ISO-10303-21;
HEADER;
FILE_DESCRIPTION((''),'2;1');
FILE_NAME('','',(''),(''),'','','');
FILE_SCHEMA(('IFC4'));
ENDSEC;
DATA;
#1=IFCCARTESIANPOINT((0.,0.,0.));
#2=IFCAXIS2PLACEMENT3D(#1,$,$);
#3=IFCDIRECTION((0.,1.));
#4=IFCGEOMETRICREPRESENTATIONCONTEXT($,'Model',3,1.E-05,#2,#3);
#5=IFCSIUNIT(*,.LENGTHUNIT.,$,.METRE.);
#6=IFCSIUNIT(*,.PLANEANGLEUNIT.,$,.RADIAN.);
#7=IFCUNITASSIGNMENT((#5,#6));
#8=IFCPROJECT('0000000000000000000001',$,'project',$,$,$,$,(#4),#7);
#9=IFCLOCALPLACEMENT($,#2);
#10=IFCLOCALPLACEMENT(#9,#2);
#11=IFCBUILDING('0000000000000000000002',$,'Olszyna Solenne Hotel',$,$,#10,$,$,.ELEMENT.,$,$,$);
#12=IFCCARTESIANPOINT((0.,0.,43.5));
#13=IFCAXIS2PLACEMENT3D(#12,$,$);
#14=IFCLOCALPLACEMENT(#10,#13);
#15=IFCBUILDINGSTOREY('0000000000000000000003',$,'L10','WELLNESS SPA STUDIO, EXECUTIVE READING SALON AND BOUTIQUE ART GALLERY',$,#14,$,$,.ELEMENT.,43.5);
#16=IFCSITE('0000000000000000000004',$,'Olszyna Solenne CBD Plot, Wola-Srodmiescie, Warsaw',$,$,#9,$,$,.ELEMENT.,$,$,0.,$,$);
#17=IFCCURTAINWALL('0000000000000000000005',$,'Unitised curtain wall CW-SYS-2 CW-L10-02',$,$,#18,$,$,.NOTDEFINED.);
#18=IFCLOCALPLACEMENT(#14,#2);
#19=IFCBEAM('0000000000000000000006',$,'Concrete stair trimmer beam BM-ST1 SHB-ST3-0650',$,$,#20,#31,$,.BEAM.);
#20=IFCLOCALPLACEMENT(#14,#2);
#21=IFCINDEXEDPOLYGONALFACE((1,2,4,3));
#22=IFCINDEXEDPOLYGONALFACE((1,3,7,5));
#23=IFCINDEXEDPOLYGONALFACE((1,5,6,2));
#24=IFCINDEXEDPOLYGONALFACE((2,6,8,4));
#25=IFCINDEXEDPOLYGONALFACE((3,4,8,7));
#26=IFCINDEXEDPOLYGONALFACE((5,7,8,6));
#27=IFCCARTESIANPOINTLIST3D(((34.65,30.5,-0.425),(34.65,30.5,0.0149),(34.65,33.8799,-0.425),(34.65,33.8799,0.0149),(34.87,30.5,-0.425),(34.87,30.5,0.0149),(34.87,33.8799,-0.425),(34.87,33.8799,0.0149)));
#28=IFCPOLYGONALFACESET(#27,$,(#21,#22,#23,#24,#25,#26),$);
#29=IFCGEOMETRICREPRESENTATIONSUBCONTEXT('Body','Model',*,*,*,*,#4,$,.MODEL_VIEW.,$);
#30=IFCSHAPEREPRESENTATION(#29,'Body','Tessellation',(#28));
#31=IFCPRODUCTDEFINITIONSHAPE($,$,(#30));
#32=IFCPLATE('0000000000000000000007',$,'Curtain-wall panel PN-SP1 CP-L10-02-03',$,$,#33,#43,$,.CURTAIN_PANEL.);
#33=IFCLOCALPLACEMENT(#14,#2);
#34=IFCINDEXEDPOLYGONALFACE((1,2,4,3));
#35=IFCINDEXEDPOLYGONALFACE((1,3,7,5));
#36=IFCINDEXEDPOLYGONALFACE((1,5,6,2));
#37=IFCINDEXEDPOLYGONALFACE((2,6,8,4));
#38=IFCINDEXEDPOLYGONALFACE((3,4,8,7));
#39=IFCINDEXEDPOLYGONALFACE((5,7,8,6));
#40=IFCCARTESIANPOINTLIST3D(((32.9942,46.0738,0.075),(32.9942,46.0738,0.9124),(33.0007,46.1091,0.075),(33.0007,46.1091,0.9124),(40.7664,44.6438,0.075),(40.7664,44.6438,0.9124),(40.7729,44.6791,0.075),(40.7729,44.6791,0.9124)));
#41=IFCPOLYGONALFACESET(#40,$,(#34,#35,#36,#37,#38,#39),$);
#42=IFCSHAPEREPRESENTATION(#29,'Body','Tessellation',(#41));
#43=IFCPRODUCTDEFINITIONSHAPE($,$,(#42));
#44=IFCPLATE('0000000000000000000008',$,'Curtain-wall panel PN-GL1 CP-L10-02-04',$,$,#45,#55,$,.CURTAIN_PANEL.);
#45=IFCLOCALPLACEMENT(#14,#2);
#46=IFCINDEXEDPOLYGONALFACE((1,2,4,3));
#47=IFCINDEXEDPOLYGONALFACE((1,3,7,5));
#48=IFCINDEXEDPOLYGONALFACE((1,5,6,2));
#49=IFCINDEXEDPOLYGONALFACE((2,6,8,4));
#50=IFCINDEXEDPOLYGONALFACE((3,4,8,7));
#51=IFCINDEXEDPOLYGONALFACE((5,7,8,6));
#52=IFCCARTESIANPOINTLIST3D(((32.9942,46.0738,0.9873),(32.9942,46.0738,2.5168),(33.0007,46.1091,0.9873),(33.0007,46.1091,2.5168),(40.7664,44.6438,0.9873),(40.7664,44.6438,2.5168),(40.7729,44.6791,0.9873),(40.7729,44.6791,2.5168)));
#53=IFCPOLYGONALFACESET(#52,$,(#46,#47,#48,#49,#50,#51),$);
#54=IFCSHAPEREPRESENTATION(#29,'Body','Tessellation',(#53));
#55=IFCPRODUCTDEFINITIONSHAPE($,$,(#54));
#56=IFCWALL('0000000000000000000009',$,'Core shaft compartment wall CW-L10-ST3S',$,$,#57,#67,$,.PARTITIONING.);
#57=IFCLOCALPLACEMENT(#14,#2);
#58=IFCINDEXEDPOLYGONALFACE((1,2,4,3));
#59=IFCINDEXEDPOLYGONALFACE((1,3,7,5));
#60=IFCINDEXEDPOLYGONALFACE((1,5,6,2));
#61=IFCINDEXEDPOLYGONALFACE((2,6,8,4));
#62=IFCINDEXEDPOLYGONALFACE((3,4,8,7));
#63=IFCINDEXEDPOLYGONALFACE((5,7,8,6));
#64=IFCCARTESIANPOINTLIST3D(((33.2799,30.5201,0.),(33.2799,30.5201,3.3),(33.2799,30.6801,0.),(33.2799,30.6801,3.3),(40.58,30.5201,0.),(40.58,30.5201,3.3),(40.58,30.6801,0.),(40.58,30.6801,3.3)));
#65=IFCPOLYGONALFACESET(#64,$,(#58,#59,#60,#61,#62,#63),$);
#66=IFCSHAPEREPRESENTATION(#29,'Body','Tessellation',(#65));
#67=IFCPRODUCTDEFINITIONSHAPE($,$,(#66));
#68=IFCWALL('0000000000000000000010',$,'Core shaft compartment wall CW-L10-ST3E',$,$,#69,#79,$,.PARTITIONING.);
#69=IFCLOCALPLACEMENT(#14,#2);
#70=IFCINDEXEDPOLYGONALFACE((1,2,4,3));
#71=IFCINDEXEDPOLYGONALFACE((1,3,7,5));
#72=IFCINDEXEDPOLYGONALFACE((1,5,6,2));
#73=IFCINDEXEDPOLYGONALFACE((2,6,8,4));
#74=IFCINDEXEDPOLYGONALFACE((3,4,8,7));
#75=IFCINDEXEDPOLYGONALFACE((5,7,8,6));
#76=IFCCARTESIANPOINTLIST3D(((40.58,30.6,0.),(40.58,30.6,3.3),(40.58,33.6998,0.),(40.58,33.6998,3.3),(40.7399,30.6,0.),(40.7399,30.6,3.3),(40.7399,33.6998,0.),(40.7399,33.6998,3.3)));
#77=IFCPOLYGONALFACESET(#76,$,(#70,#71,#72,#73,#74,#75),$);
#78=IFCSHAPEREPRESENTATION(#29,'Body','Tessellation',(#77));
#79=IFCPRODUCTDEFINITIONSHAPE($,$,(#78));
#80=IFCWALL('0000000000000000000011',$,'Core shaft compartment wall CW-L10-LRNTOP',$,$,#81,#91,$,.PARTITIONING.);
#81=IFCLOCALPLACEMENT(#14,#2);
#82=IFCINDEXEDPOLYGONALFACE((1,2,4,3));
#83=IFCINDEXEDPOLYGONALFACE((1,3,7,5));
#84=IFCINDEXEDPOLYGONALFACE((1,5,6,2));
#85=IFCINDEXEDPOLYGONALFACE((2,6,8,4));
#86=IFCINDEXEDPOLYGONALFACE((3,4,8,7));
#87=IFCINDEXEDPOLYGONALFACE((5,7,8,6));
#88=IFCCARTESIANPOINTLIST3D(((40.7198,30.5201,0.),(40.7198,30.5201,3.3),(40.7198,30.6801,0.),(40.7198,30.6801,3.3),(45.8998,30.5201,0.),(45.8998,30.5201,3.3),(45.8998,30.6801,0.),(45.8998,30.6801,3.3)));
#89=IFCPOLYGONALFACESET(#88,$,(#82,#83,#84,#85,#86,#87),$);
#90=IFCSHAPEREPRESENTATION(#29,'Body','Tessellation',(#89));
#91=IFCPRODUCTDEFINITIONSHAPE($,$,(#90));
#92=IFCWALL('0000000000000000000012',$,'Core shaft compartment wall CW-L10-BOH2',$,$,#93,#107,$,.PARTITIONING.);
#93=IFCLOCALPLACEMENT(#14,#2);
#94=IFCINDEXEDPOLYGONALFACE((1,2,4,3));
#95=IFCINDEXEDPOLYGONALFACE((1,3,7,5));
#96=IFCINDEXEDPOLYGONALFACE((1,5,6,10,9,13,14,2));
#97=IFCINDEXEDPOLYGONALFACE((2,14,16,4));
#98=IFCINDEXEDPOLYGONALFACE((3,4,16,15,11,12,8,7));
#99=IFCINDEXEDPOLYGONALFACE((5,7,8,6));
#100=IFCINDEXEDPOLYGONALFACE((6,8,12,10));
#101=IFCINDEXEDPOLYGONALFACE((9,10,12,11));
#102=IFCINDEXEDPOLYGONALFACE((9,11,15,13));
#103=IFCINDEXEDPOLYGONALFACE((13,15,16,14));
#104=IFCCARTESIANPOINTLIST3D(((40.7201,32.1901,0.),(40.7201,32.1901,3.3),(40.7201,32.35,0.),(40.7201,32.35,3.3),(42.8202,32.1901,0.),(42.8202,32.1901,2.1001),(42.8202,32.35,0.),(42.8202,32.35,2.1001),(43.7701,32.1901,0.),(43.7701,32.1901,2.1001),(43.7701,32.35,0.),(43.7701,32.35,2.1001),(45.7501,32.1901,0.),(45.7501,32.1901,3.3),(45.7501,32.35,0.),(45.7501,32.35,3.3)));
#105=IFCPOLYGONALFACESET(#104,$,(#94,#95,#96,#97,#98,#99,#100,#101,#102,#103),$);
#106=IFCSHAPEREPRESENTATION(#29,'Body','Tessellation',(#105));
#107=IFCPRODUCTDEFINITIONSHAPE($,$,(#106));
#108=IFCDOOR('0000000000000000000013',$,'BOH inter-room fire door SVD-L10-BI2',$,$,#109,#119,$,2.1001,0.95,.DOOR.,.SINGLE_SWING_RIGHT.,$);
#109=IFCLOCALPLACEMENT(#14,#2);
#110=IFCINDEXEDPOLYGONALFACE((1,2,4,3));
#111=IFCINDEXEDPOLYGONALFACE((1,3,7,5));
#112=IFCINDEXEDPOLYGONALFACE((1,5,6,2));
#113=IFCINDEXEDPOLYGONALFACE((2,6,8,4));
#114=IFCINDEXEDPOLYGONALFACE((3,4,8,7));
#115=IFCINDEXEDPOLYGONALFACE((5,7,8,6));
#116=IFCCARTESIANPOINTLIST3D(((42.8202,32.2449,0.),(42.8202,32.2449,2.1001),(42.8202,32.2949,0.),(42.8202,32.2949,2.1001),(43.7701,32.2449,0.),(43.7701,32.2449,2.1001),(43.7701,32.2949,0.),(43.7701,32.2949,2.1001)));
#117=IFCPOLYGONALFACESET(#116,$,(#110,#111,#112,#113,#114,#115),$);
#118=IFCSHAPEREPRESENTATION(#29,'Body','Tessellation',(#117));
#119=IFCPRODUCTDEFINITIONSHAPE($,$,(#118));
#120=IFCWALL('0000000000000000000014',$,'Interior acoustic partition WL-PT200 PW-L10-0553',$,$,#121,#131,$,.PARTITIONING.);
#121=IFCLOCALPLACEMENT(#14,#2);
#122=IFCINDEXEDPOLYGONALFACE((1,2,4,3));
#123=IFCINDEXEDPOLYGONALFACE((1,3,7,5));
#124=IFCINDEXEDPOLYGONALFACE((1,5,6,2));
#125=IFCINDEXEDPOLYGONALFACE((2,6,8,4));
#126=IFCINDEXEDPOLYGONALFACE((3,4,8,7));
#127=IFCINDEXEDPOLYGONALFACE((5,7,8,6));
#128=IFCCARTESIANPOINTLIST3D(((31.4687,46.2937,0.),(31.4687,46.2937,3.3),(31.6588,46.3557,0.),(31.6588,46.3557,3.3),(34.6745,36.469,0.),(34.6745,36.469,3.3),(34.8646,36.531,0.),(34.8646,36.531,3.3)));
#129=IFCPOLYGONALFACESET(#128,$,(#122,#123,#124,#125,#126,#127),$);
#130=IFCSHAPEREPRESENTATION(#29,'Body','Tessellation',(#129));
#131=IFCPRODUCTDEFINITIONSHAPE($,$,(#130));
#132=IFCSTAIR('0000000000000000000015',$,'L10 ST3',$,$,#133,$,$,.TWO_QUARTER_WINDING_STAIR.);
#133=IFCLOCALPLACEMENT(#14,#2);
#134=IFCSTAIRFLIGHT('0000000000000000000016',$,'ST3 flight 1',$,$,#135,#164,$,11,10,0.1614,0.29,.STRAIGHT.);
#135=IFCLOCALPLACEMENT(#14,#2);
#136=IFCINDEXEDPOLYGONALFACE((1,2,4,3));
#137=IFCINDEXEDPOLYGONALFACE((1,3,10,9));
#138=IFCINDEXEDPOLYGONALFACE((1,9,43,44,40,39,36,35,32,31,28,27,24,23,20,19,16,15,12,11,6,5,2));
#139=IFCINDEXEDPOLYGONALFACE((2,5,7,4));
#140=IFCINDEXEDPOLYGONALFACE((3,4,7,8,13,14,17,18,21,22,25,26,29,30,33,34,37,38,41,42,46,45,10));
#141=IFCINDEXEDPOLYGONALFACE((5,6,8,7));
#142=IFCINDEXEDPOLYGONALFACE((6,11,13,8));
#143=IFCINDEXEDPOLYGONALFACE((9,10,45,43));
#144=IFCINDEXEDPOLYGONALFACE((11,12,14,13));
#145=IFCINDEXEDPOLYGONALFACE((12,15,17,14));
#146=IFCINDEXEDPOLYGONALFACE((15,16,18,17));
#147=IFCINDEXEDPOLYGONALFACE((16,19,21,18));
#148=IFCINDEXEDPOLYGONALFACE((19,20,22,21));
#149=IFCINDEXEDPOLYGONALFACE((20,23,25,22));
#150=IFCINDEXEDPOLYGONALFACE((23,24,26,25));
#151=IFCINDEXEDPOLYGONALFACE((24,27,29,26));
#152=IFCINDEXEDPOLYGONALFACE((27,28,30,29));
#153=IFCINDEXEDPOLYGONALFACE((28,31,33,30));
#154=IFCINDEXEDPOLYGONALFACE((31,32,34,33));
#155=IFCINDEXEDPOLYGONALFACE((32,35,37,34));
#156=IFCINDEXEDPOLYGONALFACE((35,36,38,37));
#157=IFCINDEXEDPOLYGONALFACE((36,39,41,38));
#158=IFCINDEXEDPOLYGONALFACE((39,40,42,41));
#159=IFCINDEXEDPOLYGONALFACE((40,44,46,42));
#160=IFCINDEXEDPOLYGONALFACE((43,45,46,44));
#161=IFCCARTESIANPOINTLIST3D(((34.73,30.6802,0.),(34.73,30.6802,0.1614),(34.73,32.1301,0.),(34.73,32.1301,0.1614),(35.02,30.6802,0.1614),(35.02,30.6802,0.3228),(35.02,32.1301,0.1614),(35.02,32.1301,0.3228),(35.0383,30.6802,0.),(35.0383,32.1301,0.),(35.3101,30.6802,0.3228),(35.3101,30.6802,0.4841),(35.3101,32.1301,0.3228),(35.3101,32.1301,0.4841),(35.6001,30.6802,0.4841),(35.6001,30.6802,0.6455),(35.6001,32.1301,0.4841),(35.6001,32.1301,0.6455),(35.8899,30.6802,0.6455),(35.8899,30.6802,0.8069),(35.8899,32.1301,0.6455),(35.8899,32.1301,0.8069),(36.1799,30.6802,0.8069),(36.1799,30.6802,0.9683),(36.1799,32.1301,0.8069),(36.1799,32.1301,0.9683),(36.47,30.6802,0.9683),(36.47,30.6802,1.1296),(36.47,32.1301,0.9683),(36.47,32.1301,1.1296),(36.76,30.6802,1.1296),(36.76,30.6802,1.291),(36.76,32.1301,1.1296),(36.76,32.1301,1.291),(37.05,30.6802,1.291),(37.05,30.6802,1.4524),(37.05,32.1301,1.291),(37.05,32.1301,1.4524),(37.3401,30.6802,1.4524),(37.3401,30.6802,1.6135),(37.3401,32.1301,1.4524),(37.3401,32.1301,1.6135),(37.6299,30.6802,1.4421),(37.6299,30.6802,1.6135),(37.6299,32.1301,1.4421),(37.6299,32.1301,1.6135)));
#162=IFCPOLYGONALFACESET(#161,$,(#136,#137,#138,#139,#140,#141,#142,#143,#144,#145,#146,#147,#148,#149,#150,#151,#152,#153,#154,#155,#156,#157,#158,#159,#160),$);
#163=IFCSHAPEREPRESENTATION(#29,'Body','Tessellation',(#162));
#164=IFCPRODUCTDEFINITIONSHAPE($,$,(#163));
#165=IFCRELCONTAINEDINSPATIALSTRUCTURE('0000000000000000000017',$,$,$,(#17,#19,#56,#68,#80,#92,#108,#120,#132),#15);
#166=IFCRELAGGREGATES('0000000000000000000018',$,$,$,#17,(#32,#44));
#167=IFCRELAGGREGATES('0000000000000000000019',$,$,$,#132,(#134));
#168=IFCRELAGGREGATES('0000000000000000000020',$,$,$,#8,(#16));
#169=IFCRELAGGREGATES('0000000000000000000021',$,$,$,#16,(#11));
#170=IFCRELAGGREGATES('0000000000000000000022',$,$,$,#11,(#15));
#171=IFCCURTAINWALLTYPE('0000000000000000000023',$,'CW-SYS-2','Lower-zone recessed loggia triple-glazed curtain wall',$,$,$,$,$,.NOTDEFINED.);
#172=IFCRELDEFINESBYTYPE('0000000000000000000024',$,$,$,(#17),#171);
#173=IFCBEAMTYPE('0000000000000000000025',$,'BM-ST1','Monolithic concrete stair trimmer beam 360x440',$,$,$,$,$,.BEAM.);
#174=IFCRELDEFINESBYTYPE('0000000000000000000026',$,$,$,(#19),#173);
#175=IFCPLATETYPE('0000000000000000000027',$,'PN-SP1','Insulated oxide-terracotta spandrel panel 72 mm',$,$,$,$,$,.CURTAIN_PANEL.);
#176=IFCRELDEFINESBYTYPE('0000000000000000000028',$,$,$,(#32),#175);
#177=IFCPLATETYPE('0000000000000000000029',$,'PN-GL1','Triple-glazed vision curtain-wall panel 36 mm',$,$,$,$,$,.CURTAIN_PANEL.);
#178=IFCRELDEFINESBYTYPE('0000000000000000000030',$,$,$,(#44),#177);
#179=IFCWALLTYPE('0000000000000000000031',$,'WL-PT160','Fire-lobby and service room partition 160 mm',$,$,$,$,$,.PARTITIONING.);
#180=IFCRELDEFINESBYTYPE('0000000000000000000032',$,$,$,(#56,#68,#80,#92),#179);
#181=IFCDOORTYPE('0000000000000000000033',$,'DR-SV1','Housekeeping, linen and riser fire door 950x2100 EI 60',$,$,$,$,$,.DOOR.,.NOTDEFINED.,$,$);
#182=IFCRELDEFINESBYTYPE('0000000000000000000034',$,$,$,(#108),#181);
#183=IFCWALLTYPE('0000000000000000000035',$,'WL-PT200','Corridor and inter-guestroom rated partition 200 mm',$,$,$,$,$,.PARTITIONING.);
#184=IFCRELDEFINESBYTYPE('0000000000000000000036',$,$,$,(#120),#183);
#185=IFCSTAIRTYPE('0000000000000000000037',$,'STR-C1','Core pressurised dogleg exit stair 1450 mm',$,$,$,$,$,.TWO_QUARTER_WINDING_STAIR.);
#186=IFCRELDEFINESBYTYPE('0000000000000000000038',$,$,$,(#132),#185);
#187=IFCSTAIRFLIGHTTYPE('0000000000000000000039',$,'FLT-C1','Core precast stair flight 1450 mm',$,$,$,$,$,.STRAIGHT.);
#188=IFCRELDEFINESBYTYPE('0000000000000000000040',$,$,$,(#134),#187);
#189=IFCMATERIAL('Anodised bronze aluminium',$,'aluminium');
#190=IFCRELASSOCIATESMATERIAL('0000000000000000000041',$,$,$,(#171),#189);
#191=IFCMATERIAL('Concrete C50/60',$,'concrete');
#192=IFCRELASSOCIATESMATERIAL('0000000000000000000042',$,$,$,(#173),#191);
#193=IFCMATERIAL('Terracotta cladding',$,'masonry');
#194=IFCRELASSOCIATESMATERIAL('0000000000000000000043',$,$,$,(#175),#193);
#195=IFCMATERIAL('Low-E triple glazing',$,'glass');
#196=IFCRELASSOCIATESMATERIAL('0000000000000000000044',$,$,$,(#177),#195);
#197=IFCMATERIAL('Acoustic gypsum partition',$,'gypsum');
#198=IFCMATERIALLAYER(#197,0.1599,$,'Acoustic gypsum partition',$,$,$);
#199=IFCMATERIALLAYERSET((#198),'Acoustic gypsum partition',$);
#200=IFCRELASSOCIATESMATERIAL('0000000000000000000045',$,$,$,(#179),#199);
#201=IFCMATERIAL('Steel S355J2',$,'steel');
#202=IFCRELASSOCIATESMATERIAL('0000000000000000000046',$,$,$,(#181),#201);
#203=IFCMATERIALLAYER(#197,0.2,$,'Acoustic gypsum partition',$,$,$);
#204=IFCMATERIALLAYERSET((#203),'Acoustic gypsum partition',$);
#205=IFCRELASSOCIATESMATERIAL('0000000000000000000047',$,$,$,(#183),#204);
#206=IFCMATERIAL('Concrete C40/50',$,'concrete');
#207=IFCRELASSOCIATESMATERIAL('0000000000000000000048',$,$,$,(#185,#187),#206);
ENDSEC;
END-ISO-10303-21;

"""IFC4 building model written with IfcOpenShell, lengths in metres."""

from ifc_helpers import new_model, si_unit, direction, frame, frame_2d, origin, origin_2d, place, context, subcontext, project, spatial, polyline, rectangle, outline, extrude, source, transform, mapped, material, layer, layer_set, material_profile, profile_set, type_object, type_shapes, element, fill, aggregate, save


model = new_model("IFC4")

# Units and contexts
model_context = context("Model", 3, precision=1e-05, world=origin(), true_north=direction((0.0, 1.0)))
body_context = subcontext(model_context, "Body", "Model", "MODEL_VIEW")
ifc_project = project(units=[si_unit("LENGTHUNIT", "METRE"), si_unit("PLANEANGLEUNIT", "RADIAN")], contexts=[model_context])

# Site, building, storey
site_placement = place(None, origin())
site = spatial("IfcSite", under=ifc_project, at=site_placement, Name="Olszyna Solenne CBD Plot, Wola-Srodmiescie, Warsaw", CompositionType="ELEMENT", RefElevation=0.0)
building_placement = place(site_placement, origin())
building = spatial("IfcBuilding", under=site, at=building_placement, Name="Olszyna Solenne Hotel", CompositionType="ELEMENT")
storey_placement = place(building_placement, frame((0.0, 0.0, 43.5)))
storey = spatial("IfcBuildingStorey", under=building, at=storey_placement, Name="L10", Description="WELLNESS SPA STUDIO, EXECUTIVE READING SALON AND BOUTIQUE ART GALLERY", CompositionType="ELEMENT", Elevation=43.5)

# Shared definitions
ifc_material_1 = material(Name="Steel S355J2", Category="steel")

# Curtain wall
ifc_material_2 = material(Name="Anodised bronze aluminium", Category="aluminium")
curtain_wall_type = type_object("IfcCurtainWallType", Name="CW-SYS-2", Description="Lower-zone recessed loggia triple-glazed curtain wall", PredefinedType="NOTDEFINED", material=ifc_material_2)
curtain_wall_placement = place(storey_placement, origin())
curtain_wall = element("IfcCurtainWall", 1, at=curtain_wall_placement, inside=storey, type_object=curtain_wall_type, Name="Unitised curtain wall CW-SYS-2 CW-L10-02", PredefinedType="NOTDEFINED")

# Beam
ifc_material_3 = material(Name="Concrete C50/60", Category="concrete")
ifc_material_profile_1 = material_profile(ifc_material_3, rectangle(XDim=0.22, YDim=0.4399, at=origin_2d()), Name="RC 220x440", Category="load-bearing")
ifc_profile_set_1 = profile_set([ifc_material_profile_1], Name="Concrete C50/60")
beam_type_1 = type_object("IfcBeamType", Name="BM-ST1", Description="Monolithic concrete stair trimmer beam 360x440", PredefinedType="BEAM", material=ifc_profile_set_1)
shared_shape_1 = source(origin(), body_context, "Body", "SweptSolid", [
    extrude(rectangle(XDim=0.22, YDim=0.4399, at=origin_2d()), origin(), (0.0, 0.0, 1.0), 3.3799),
])
beam_1_placement = place(storey_placement, frame((34.76, 30.5, -0.2051), z_axis=(0.0, 1.0, 0.0), x_axis=(-1.0, 0.0, 0.0)))
element("IfcBeam", 2, at=beam_1_placement, inside=storey, type_object=beam_type_1, Name="Concrete stair trimmer beam BM-ST1 SHB-ST3-0650", PredefinedType="BEAM", context=body_context, shape_type="MappedRepresentation", body=[
    mapped(shared_shape_1, transform((0.0, 0.0, 0.0), x_axis=(1.0, 0.0, 0.0), y_axis=(0.0, 1.0, 0.0), z_axis=(0.0, 0.0, 1.0), scale=1.0)),
])

# Plates
ifc_material_4 = material(Name="Terracotta cladding", Category="masonry")
plate_type_1 = type_object("IfcPlateType", Name="PN-SP1", Description="Insulated oxide-terracotta spandrel panel 72 mm", PredefinedType="CURTAIN_PANEL", material=ifc_material_4)
shared_shape_2 = source(origin(), body_context, "Body", "SweptSolid", [
    extrude(rectangle(XDim=7.9026, YDim=0.0359, at=origin_2d()), origin(), (0.0, 0.0, 1.0), 0.8374),
])
plate_1_placement = place(storey_placement, frame((36.8835, 45.3765, 0.075), z_axis=(0.0, 0.0, 1.0), x_axis=(0.983493, -0.180946, 0.0)))
plate_1 = element("IfcPlate", 3, at=plate_1_placement, type_object=plate_type_1, Name="Curtain-wall panel PN-SP1 CP-L10-02-03", PredefinedType="CURTAIN_PANEL", context=body_context, shape_type="MappedRepresentation", body=[
    mapped(shared_shape_2, transform((0.0, 0.0, 0.0), x_axis=(1.0, 0.0, 0.0), y_axis=(0.0, 1.0, 0.0), z_axis=(0.0, 0.0, 1.0), scale=1.0)),
])
ifc_material_5 = material(Name="Low-E triple glazing", Category="glass")
plate_type_2 = type_object("IfcPlateType", Name="PN-GL1", Description="Triple-glazed vision curtain-wall panel 36 mm", PredefinedType="CURTAIN_PANEL", material=ifc_material_5)
shared_shape_3 = source(origin(), body_context, "Body", "SweptSolid", [
    extrude(rectangle(XDim=7.9026, YDim=0.0359, at=origin_2d()), origin(), (0.0, 0.0, 1.0), 1.5295),
])
plate_2_placement = place(storey_placement, frame((36.8835, 45.3765, 0.9873), z_axis=(0.0, 0.0, 1.0), x_axis=(0.983493, -0.180946, 0.0)))
plate_2 = element("IfcPlate", 4, at=plate_2_placement, type_object=plate_type_2, Name="Curtain-wall panel PN-GL1 CP-L10-02-04", PredefinedType="CURTAIN_PANEL", context=body_context, shape_type="MappedRepresentation", body=[
    mapped(shared_shape_3, transform((0.0, 0.0, 0.0), x_axis=(1.0, 0.0, 0.0), y_axis=(0.0, 1.0, 0.0), z_axis=(0.0, 0.0, 1.0), scale=1.0)),
])
aggregate(curtain_wall, [plate_1, plate_2])

# Walls
ifc_material_6 = material(Name="Acoustic gypsum partition", Category="gypsum")
ifc_layer_1 = layer(ifc_material_6, 0.1599, Name="Acoustic gypsum partition")
ifc_layer_set_1 = layer_set([ifc_layer_1], Name="Acoustic gypsum partition")
wall_type_1 = type_object("IfcWallType", Name="WL-PT160", Description="Fire-lobby and service room partition 160 mm", PredefinedType="PARTITIONING", material=ifc_layer_set_1)
wall_1_placement = place(storey_placement, frame((33.28, 30.6001, 0.0), z_axis=(0.0, 0.0, 1.0), x_axis=(1.0, 0.0, 0.0)))
element("IfcWall", 5, at=wall_1_placement, inside=storey, type_object=wall_type_1, Name="Core shaft compartment wall CW-L10-ST3S", PredefinedType="PARTITIONING", context=body_context, shape_type="SweptSolid", body=[
    extrude(rectangle(XDim=7.3, YDim=0.1599, at=frame_2d((3.6499, 0.0))), origin(), (0.0, 0.0, 1.0), 3.3),
])
wall_2_placement = place(storey_placement, frame((40.6599, 30.6001, 0.0), z_axis=(0.0, 0.0, 1.0), x_axis=(0.0, 1.0, 0.0)))
element("IfcWall", 6, at=wall_2_placement, inside=storey, type_object=wall_type_1, Name="Core shaft compartment wall CW-L10-ST3E", PredefinedType="PARTITIONING", context=body_context, shape_type="SweptSolid", body=[
    extrude(rectangle(XDim=3.0999, YDim=0.1599, at=frame_2d((1.5498, 0.0))), origin(), (0.0, 0.0, 1.0), 3.3),
])
wall_3_placement = place(storey_placement, frame((40.72, 30.6001, 0.0), z_axis=(0.0, 0.0, 1.0), x_axis=(1.0, 0.0, 0.0)))
element("IfcWall", 7, at=wall_3_placement, inside=storey, type_object=wall_type_1, Name="Core shaft compartment wall CW-L10-LRNTOP", PredefinedType="PARTITIONING", context=body_context, shape_type="SweptSolid", body=[
    extrude(rectangle(XDim=5.1799, YDim=0.1599, at=frame_2d((2.5898, 0.0))), origin(), (0.0, 0.0, 1.0), 3.3),
])

# Wall, opening, door
wall_4_placement = place(storey_placement, frame((40.72, 32.27, 0.0), z_axis=(0.0, 0.0, 1.0), x_axis=(1.0, 0.0, 0.0)))
wall_4 = element("IfcWall", 8, at=wall_4_placement, inside=storey, type_object=wall_type_1, Name="Core shaft compartment wall CW-L10-BOH2", PredefinedType="PARTITIONING", context=body_context, shape_type="SweptSolid", body=[
    extrude(rectangle(XDim=5.03, YDim=0.1599, at=frame_2d((2.5151, 0.0))), origin(), (0.0, 0.0, 1.0), 3.3),
])
opening_placement = place(wall_4_placement, frame((2.1001, 0.0, 0.0)))
opening = element("IfcOpeningElement", 9, at=opening_placement, cuts=wall_4, PredefinedType="OPENING", context=body_context, shape_type="SweptSolid", body=[
    extrude(rectangle(XDim=0.95, YDim=2.1001, at=frame_2d((0.4751, 1.05))), frame((0.0, 0.0898, 0.0), z_axis=(0.0, -1.0, 0.0), x_axis=(1.0, 0.0, 0.0)), (0.0, 0.0, 1.0), 0.1799),
])
door_type = type_object("IfcDoorType", Name="DR-SV1", Description="Housekeeping, linen and riser fire door 950x2100 EI 60", OperationType="NOTDEFINED", PredefinedType="DOOR", material=ifc_material_1)
shared_shape_4 = source(origin(), body_context, "Body", "SweptSolid", [
    extrude(rectangle(XDim=0.95, YDim=2.1001, at=frame_2d((0.4751, 1.05))), frame((0.0, 0.0249, 0.0), z_axis=(0.0, -1.0, 0.0), x_axis=(1.0, 0.0, 0.0)), (0.0, 0.0, 1.0), 0.05),
])
type_shapes(door_type, [shared_shape_4])
door_placement = place(opening_placement, origin())
door = element("IfcDoor", 10, at=door_placement, inside=storey, type_object=door_type, Name="BOH inter-room fire door SVD-L10-BI2", OperationType="SINGLE_SWING_RIGHT", OverallHeight=2.1001, OverallWidth=0.95, PredefinedType="DOOR", context=body_context, shape_type="MappedRepresentation", body=[
    mapped(shared_shape_4, transform((0.0, 0.0, 0.0), x_axis=(1.0, 0.0, 0.0), y_axis=(0.0, 1.0, 0.0), z_axis=(0.0, 0.0, 1.0), scale=1.0)),
])
fill(opening, door)

# Wall
ifc_layer_2 = layer(ifc_material_6, 0.2, Name="Acoustic gypsum partition")
ifc_layer_set_2 = layer_set([ifc_layer_2], Name="Acoustic gypsum partition")
wall_type_2 = type_object("IfcWallType", Name="WL-PT200", Description="Corridor and inter-guestroom rated partition 200 mm", PredefinedType="PARTITIONING", material=ifc_layer_set_2)
wall_5_placement = place(storey_placement, frame((34.7695, 36.5, 0.0), z_axis=(0.0, 0.0, 1.0), x_axis=(-0.310204, 0.95067, 0.0)))
element("IfcWall", 11, at=wall_5_placement, inside=storey, type_object=wall_type_2, Name="Interior acoustic partition WL-PT200 PW-L10-0553", PredefinedType="PARTITIONING", context=body_context, shape_type="SweptSolid", body=[
    extrude(rectangle(XDim=10.3345, YDim=0.2, at=frame_2d((5.1672, 0.0))), origin(), (0.0, 0.0, 1.0), 3.3),
])

# Stair, stair flight
ifc_material_7 = material(Name="Concrete C40/50", Category="concrete")
stair_type = type_object("IfcStairType", Name="STR-C1", Description="Core pressurised dogleg exit stair 1450 mm", PredefinedType="TWO_QUARTER_WINDING_STAIR", material=ifc_material_7)
stair_placement = place(storey_placement, origin())
stair = element("IfcStair", 12, at=stair_placement, inside=storey, type_object=stair_type, Name="L10 ST3", PredefinedType="TWO_QUARTER_WINDING_STAIR")
stair_flight_type = type_object("IfcStairFlightType", Name="FLT-C1", Description="Core precast stair flight 1450 mm", PredefinedType="STRAIGHT", material=ifc_material_7)
stair_flight_1_placement = place(storey_placement, frame((34.73, 31.405, 0.0), z_axis=(0.0, 0.0, 1.0), x_axis=(1.0, 0.0, 0.0)))
stair_flight_1 = element("IfcStairFlight", 13, at=stair_flight_1_placement, type_object=stair_flight_type, Name="ST3 flight 1", NumberOfRisers=11, NumberOfTreads=10, PredefinedType="STRAIGHT", RiserHeight=0.1614, TreadLength=0.29, context=body_context, shape_type="SweptSolid", body=[
    extrude(outline(polyline([(0.0, 0.0), (0.0, 0.1614), (0.29, 0.1614), (0.29, 0.3228), (0.5801, 0.3228), (0.5801, 0.4841), (0.8701, 0.4841), (0.8701, 0.6455), (1.1599, 0.6455), (1.1599, 0.8069), (1.45, 0.8069), (1.45, 0.9683), (1.74, 0.9683), (1.74, 1.1296), (2.03, 1.1296), (2.03, 1.291), (2.3201, 1.291), (2.3201, 1.4524), (2.6101, 1.4524), (2.6101, 1.6135), (2.8999, 1.6135), (2.8999, 1.7749), (2.8999, 1.4421), (0.3083, 0.0), (0.0, 0.0)])), frame((0.0, 0.7251, 0.0), z_axis=(0.0, -1.0, 0.0), x_axis=(1.0, 0.0, 0.0)), (0.0, 0.0, 1.0), 1.45),
])
aggregate(stair, [stair_flight_1])

save(model, "model.ifc")
